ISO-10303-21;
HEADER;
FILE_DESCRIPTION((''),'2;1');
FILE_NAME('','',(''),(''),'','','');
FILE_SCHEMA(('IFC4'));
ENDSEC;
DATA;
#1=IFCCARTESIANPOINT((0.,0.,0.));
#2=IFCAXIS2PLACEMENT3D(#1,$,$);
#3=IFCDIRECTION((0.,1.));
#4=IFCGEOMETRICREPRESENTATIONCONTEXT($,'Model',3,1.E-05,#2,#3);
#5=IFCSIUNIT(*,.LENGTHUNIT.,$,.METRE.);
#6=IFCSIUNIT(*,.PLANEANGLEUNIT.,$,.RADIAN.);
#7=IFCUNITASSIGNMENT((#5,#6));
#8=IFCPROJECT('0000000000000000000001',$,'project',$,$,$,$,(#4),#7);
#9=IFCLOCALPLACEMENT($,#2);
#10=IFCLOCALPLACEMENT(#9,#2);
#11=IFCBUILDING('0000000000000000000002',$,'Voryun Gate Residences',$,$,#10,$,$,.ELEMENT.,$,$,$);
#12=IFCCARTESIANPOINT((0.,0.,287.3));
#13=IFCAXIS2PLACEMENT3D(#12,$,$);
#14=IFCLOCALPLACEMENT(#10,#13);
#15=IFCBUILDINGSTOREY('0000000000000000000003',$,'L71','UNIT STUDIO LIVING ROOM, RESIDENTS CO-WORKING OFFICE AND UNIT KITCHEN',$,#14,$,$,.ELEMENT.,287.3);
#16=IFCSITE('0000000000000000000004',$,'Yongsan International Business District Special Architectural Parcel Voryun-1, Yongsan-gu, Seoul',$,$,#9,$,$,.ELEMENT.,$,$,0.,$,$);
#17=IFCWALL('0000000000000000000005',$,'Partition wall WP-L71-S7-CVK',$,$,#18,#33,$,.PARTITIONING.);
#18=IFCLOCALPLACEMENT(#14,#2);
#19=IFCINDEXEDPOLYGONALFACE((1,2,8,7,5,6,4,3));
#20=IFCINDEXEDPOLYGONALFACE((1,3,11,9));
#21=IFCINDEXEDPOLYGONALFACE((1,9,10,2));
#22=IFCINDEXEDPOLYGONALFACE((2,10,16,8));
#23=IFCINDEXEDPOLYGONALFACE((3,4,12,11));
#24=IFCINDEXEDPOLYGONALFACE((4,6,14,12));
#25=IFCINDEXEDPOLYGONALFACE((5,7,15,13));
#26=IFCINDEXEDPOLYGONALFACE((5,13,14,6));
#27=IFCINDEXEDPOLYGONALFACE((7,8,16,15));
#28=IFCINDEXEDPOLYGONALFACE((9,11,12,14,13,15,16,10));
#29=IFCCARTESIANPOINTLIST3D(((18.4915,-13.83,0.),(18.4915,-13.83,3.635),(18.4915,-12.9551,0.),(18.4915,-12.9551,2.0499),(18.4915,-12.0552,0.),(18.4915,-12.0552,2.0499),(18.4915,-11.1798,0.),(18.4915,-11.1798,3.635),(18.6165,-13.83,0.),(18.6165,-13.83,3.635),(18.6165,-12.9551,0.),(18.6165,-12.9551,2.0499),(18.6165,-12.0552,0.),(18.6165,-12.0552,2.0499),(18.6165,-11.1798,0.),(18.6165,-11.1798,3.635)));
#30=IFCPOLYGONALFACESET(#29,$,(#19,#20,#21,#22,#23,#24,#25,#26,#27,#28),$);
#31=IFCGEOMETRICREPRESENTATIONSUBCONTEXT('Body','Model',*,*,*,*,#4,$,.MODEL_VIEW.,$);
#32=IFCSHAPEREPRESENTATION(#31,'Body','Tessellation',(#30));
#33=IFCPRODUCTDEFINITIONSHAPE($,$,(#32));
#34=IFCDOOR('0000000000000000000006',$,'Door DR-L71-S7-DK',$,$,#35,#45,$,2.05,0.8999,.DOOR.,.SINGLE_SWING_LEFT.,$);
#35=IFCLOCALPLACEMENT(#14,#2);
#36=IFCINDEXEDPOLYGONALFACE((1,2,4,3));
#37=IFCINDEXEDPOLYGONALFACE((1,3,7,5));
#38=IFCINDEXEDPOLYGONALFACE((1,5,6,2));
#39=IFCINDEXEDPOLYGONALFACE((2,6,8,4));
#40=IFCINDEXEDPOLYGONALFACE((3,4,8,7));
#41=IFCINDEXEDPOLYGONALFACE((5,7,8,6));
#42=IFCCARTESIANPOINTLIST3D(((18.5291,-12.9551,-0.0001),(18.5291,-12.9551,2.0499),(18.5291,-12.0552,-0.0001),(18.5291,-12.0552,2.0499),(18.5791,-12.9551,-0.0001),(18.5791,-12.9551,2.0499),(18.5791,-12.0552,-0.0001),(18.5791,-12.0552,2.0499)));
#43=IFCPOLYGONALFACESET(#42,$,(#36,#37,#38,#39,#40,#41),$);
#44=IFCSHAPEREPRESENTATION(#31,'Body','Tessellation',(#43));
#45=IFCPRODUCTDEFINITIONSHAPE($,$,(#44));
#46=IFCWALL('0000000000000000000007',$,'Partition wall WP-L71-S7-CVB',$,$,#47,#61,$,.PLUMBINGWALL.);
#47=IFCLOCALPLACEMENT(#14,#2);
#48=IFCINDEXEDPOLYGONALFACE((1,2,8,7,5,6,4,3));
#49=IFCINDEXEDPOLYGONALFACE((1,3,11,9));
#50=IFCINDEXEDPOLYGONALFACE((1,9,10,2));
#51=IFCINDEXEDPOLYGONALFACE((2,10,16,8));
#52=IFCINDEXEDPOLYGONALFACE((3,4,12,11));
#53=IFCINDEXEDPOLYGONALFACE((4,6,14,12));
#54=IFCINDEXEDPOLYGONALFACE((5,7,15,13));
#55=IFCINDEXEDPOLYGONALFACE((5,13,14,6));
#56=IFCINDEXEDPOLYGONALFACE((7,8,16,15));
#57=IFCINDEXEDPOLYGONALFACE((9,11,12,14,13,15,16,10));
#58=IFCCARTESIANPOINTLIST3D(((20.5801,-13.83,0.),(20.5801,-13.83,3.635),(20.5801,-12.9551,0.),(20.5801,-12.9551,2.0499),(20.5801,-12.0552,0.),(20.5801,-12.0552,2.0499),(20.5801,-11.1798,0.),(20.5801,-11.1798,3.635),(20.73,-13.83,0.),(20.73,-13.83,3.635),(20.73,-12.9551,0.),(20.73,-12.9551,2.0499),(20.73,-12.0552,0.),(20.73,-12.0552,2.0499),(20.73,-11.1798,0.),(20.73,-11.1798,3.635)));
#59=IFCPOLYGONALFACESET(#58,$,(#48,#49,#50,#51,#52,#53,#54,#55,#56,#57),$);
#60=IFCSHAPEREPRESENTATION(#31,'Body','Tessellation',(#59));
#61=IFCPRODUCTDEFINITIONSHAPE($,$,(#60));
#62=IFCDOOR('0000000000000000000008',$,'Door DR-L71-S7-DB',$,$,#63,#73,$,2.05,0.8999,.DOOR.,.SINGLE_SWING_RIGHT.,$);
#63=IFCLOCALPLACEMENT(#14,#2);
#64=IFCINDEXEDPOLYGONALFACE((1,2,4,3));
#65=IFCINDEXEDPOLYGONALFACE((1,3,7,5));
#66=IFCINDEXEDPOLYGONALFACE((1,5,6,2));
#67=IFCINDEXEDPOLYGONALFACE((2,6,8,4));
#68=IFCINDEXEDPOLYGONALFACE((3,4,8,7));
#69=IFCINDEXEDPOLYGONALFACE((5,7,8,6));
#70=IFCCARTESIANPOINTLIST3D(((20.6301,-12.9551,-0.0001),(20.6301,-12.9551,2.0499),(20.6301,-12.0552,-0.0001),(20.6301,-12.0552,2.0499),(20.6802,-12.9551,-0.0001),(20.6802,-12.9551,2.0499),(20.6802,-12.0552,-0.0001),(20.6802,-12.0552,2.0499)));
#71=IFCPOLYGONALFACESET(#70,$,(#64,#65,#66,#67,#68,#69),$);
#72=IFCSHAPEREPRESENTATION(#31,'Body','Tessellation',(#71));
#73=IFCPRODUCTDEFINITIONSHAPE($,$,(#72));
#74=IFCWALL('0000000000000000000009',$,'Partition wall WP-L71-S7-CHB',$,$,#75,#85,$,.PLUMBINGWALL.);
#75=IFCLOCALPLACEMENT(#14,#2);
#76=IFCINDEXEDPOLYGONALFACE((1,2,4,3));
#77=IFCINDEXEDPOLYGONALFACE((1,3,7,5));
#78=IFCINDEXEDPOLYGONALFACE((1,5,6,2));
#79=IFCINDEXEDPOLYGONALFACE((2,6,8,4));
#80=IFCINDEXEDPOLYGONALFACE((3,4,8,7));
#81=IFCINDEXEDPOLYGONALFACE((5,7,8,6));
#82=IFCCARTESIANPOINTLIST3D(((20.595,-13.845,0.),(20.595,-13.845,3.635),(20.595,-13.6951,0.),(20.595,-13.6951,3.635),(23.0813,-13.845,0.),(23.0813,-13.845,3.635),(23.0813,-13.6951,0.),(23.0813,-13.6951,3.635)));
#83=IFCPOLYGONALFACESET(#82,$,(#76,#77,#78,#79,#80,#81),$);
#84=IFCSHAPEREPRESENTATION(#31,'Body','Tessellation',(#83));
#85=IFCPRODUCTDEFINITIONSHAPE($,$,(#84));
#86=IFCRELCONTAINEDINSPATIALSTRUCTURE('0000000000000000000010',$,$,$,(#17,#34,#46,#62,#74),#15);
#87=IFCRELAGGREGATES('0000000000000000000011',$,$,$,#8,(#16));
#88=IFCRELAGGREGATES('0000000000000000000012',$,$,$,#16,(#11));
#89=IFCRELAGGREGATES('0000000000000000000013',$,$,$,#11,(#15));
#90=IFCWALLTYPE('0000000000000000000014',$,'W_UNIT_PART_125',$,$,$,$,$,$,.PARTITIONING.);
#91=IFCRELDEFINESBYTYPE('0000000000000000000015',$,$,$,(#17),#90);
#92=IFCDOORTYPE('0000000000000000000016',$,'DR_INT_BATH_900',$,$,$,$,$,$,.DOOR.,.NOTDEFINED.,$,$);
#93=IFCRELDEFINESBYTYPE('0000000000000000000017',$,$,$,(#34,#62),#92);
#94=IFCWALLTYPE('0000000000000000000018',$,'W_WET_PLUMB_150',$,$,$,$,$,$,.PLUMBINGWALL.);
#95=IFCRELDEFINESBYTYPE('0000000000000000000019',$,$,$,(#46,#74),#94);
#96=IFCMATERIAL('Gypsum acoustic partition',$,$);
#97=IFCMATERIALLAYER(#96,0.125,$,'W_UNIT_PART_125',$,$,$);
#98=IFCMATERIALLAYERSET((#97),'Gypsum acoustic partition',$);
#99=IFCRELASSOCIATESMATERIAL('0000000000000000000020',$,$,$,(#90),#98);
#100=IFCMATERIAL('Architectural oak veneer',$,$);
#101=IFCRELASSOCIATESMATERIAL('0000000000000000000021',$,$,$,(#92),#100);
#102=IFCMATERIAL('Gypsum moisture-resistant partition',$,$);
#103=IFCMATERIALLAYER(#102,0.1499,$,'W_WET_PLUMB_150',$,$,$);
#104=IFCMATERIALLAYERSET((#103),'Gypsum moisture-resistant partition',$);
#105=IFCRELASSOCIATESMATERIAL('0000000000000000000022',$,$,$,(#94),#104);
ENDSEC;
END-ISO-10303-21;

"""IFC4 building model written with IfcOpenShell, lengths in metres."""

from ifc_helpers import new_model, si_unit, direction, frame, frame_2d, origin, place, context, subcontext, project, spatial, rectangle, extrude, material, layer, layer_set, type_object, element, fill, save


model = new_model("IFC4")

# Units and contexts
model_context = context("Model", 3, precision=1e-05, world=origin(), true_north=direction((0.0, 1.0)))
body_context = subcontext(model_context, "Body", "Model", "MODEL_VIEW")
ifc_project = project(units=[si_unit("LENGTHUNIT", "METRE"), si_unit("PLANEANGLEUNIT", "RADIAN")], contexts=[model_context])

# Site, building, storey
site_placement = place(None, origin())
site = spatial("IfcSite", under=ifc_project, at=site_placement, Name="Yongsan International Business District Special Architectural Parcel Voryun-1, Yongsan-gu, Seoul", CompositionType="ELEMENT", RefElevation=0.0)
building_placement = place(site_placement, origin())
building = spatial("IfcBuilding", under=site, at=building_placement, Name="Voryun Gate Residences", CompositionType="ELEMENT")
storey_placement = place(building_placement, frame((0.0, 0.0, 287.3)))
storey = spatial("IfcBuildingStorey", under=building, at=storey_placement, Name="L71", Description="UNIT STUDIO LIVING ROOM, RESIDENTS CO-WORKING OFFICE AND UNIT KITCHEN", CompositionType="ELEMENT", Elevation=287.3)

# Walls, openings, doors
ifc_material_1 = material(Name="Gypsum acoustic partition")
ifc_layer_1 = layer(ifc_material_1, 0.125, Name="W_UNIT_PART_125")
ifc_layer_set_1 = layer_set([ifc_layer_1], Name="Gypsum acoustic partition")
wall_type_1 = type_object("IfcWallType", Name="W_UNIT_PART_125", PredefinedType="PARTITIONING", material=ifc_layer_set_1)
wall_1_placement = place(storey_placement, frame((18.554, -13.8301, 0.0), z_axis=(0.0, 0.0, 1.0), x_axis=(0.0, 1.0, 0.0)))
wall_1 = element("IfcWall", 1, at=wall_1_placement, inside=storey, type_object=wall_type_1, Name="Partition wall WP-L71-S7-CVK", PredefinedType="PARTITIONING", context=body_context, shape_type="SweptSolid", body=[
    extrude(rectangle(XDim=2.6501, YDim=0.125, at=frame_2d((1.3252, 0.0))), origin(), (0.0, 0.0, 1.0), 3.635),
])
opening_1_placement = place(wall_1_placement, frame((0.875, 0.0, 0.0)))
opening_1 = element("IfcOpeningElement", 2, at=opening_1_placement, cuts=wall_1, PredefinedType="OPENING", context=body_context, shape_type="SweptSolid", body=[
    extrude(rectangle(XDim=0.8999, YDim=2.05, at=frame_2d((0.45, 1.0249))), frame((0.0, 0.0725, 0.0), z_axis=(0.0, -1.0, 0.0), x_axis=(1.0, 0.0, 0.0)), (0.0, 0.0, 1.0), 0.145),
])
ifc_material_2 = material(Name="Architectural oak veneer")
door_type = type_object("IfcDoorType", Name="DR_INT_BATH_900", OperationType="NOTDEFINED", PredefinedType="DOOR", material=ifc_material_2)
door_1_placement = place(opening_1_placement, origin())
door_1 = element("IfcDoor", 3, at=door_1_placement, inside=storey, type_object=door_type, Name="Door DR-L71-S7-DK", OperationType="SINGLE_SWING_LEFT", OverallHeight=2.05, OverallWidth=0.8999, PredefinedType="DOOR", context=body_context, shape_type="SweptSolid", body=[
    extrude(rectangle(XDim=0.8999, YDim=2.05, at=frame_2d((0.45, 1.0249))), frame((0.0, 0.0249, 0.0), z_axis=(0.0, -1.0, 0.0), x_axis=(1.0, 0.0, 0.0)), (0.0, 0.0, 1.0), 0.05),
])
fill(opening_1, door_1)
ifc_material_3 = material(Name="Gypsum moisture-resistant partition")
ifc_layer_2 = layer(ifc_material_3, 0.1499, Name="W_WET_PLUMB_150")
ifc_layer_set_2 = layer_set([ifc_layer_2], Name="Gypsum moisture-resistant partition")
wall_type_2 = type_object("IfcWallType", Name="W_WET_PLUMB_150", PredefinedType="PLUMBINGWALL", material=ifc_layer_set_2)
wall_2_placement = place(storey_placement, frame((20.655, -13.8301, 0.0), z_axis=(0.0, 0.0, 1.0), x_axis=(0.0, 1.0, 0.0)))
wall_2 = element("IfcWall", 4, at=wall_2_placement, inside=storey, type_object=wall_type_2, Name="Partition wall WP-L71-S7-CVB", PredefinedType="PLUMBINGWALL", context=body_context, shape_type="SweptSolid", body=[
    extrude(rectangle(XDim=2.6501, YDim=0.1499, at=frame_2d((1.3252, 0.0))), origin(), (0.0, 0.0, 1.0), 3.635),
])
opening_2_placement = place(wall_2_placement, frame((0.875, 0.0, 0.0)))
opening_2 = element("IfcOpeningElement", 5, at=opening_2_placement, cuts=wall_2, PredefinedType="OPENING", context=body_context, shape_type="SweptSolid", body=[
    extrude(rectangle(XDim=0.8999, YDim=2.05, at=frame_2d((0.45, 1.0249))), frame((0.0, 0.085, 0.0), z_axis=(0.0, -1.0, 0.0), x_axis=(1.0, 0.0, 0.0)), (0.0, 0.0, 1.0), 0.1699),
])
door_2_placement = place(opening_2_placement, origin())
door_2 = element("IfcDoor", 6, at=door_2_placement, inside=storey, type_object=door_type, Name="Door DR-L71-S7-DB", OperationType="SINGLE_SWING_RIGHT", OverallHeight=2.05, OverallWidth=0.8999, PredefinedType="DOOR", context=body_context, shape_type="SweptSolid", body=[
    extrude(rectangle(XDim=0.8999, YDim=2.05, at=frame_2d((0.45, 1.0249))), frame((0.0, 0.0249, 0.0), z_axis=(0.0, -1.0, 0.0), x_axis=(1.0, 0.0, 0.0)), (0.0, 0.0, 1.0), 0.05),
])
fill(opening_2, door_2)

# Wall
wall_3_placement = place(storey_placement, frame((20.595, -13.77, 0.0), z_axis=(0.0, 0.0, 1.0), x_axis=(1.0, 0.0, 0.0)))
element("IfcWall", 7, at=wall_3_placement, inside=storey, type_object=wall_type_2, Name="Partition wall WP-L71-S7-CHB", PredefinedType="PLUMBINGWALL", context=body_context, shape_type="SweptSolid", body=[
    extrude(rectangle(XDim=2.4863, YDim=0.1499, at=frame_2d((1.2432, 0.0))), origin(), (0.0, 0.0, 1.0), 3.635),
])

save(model, "model.ifc")
